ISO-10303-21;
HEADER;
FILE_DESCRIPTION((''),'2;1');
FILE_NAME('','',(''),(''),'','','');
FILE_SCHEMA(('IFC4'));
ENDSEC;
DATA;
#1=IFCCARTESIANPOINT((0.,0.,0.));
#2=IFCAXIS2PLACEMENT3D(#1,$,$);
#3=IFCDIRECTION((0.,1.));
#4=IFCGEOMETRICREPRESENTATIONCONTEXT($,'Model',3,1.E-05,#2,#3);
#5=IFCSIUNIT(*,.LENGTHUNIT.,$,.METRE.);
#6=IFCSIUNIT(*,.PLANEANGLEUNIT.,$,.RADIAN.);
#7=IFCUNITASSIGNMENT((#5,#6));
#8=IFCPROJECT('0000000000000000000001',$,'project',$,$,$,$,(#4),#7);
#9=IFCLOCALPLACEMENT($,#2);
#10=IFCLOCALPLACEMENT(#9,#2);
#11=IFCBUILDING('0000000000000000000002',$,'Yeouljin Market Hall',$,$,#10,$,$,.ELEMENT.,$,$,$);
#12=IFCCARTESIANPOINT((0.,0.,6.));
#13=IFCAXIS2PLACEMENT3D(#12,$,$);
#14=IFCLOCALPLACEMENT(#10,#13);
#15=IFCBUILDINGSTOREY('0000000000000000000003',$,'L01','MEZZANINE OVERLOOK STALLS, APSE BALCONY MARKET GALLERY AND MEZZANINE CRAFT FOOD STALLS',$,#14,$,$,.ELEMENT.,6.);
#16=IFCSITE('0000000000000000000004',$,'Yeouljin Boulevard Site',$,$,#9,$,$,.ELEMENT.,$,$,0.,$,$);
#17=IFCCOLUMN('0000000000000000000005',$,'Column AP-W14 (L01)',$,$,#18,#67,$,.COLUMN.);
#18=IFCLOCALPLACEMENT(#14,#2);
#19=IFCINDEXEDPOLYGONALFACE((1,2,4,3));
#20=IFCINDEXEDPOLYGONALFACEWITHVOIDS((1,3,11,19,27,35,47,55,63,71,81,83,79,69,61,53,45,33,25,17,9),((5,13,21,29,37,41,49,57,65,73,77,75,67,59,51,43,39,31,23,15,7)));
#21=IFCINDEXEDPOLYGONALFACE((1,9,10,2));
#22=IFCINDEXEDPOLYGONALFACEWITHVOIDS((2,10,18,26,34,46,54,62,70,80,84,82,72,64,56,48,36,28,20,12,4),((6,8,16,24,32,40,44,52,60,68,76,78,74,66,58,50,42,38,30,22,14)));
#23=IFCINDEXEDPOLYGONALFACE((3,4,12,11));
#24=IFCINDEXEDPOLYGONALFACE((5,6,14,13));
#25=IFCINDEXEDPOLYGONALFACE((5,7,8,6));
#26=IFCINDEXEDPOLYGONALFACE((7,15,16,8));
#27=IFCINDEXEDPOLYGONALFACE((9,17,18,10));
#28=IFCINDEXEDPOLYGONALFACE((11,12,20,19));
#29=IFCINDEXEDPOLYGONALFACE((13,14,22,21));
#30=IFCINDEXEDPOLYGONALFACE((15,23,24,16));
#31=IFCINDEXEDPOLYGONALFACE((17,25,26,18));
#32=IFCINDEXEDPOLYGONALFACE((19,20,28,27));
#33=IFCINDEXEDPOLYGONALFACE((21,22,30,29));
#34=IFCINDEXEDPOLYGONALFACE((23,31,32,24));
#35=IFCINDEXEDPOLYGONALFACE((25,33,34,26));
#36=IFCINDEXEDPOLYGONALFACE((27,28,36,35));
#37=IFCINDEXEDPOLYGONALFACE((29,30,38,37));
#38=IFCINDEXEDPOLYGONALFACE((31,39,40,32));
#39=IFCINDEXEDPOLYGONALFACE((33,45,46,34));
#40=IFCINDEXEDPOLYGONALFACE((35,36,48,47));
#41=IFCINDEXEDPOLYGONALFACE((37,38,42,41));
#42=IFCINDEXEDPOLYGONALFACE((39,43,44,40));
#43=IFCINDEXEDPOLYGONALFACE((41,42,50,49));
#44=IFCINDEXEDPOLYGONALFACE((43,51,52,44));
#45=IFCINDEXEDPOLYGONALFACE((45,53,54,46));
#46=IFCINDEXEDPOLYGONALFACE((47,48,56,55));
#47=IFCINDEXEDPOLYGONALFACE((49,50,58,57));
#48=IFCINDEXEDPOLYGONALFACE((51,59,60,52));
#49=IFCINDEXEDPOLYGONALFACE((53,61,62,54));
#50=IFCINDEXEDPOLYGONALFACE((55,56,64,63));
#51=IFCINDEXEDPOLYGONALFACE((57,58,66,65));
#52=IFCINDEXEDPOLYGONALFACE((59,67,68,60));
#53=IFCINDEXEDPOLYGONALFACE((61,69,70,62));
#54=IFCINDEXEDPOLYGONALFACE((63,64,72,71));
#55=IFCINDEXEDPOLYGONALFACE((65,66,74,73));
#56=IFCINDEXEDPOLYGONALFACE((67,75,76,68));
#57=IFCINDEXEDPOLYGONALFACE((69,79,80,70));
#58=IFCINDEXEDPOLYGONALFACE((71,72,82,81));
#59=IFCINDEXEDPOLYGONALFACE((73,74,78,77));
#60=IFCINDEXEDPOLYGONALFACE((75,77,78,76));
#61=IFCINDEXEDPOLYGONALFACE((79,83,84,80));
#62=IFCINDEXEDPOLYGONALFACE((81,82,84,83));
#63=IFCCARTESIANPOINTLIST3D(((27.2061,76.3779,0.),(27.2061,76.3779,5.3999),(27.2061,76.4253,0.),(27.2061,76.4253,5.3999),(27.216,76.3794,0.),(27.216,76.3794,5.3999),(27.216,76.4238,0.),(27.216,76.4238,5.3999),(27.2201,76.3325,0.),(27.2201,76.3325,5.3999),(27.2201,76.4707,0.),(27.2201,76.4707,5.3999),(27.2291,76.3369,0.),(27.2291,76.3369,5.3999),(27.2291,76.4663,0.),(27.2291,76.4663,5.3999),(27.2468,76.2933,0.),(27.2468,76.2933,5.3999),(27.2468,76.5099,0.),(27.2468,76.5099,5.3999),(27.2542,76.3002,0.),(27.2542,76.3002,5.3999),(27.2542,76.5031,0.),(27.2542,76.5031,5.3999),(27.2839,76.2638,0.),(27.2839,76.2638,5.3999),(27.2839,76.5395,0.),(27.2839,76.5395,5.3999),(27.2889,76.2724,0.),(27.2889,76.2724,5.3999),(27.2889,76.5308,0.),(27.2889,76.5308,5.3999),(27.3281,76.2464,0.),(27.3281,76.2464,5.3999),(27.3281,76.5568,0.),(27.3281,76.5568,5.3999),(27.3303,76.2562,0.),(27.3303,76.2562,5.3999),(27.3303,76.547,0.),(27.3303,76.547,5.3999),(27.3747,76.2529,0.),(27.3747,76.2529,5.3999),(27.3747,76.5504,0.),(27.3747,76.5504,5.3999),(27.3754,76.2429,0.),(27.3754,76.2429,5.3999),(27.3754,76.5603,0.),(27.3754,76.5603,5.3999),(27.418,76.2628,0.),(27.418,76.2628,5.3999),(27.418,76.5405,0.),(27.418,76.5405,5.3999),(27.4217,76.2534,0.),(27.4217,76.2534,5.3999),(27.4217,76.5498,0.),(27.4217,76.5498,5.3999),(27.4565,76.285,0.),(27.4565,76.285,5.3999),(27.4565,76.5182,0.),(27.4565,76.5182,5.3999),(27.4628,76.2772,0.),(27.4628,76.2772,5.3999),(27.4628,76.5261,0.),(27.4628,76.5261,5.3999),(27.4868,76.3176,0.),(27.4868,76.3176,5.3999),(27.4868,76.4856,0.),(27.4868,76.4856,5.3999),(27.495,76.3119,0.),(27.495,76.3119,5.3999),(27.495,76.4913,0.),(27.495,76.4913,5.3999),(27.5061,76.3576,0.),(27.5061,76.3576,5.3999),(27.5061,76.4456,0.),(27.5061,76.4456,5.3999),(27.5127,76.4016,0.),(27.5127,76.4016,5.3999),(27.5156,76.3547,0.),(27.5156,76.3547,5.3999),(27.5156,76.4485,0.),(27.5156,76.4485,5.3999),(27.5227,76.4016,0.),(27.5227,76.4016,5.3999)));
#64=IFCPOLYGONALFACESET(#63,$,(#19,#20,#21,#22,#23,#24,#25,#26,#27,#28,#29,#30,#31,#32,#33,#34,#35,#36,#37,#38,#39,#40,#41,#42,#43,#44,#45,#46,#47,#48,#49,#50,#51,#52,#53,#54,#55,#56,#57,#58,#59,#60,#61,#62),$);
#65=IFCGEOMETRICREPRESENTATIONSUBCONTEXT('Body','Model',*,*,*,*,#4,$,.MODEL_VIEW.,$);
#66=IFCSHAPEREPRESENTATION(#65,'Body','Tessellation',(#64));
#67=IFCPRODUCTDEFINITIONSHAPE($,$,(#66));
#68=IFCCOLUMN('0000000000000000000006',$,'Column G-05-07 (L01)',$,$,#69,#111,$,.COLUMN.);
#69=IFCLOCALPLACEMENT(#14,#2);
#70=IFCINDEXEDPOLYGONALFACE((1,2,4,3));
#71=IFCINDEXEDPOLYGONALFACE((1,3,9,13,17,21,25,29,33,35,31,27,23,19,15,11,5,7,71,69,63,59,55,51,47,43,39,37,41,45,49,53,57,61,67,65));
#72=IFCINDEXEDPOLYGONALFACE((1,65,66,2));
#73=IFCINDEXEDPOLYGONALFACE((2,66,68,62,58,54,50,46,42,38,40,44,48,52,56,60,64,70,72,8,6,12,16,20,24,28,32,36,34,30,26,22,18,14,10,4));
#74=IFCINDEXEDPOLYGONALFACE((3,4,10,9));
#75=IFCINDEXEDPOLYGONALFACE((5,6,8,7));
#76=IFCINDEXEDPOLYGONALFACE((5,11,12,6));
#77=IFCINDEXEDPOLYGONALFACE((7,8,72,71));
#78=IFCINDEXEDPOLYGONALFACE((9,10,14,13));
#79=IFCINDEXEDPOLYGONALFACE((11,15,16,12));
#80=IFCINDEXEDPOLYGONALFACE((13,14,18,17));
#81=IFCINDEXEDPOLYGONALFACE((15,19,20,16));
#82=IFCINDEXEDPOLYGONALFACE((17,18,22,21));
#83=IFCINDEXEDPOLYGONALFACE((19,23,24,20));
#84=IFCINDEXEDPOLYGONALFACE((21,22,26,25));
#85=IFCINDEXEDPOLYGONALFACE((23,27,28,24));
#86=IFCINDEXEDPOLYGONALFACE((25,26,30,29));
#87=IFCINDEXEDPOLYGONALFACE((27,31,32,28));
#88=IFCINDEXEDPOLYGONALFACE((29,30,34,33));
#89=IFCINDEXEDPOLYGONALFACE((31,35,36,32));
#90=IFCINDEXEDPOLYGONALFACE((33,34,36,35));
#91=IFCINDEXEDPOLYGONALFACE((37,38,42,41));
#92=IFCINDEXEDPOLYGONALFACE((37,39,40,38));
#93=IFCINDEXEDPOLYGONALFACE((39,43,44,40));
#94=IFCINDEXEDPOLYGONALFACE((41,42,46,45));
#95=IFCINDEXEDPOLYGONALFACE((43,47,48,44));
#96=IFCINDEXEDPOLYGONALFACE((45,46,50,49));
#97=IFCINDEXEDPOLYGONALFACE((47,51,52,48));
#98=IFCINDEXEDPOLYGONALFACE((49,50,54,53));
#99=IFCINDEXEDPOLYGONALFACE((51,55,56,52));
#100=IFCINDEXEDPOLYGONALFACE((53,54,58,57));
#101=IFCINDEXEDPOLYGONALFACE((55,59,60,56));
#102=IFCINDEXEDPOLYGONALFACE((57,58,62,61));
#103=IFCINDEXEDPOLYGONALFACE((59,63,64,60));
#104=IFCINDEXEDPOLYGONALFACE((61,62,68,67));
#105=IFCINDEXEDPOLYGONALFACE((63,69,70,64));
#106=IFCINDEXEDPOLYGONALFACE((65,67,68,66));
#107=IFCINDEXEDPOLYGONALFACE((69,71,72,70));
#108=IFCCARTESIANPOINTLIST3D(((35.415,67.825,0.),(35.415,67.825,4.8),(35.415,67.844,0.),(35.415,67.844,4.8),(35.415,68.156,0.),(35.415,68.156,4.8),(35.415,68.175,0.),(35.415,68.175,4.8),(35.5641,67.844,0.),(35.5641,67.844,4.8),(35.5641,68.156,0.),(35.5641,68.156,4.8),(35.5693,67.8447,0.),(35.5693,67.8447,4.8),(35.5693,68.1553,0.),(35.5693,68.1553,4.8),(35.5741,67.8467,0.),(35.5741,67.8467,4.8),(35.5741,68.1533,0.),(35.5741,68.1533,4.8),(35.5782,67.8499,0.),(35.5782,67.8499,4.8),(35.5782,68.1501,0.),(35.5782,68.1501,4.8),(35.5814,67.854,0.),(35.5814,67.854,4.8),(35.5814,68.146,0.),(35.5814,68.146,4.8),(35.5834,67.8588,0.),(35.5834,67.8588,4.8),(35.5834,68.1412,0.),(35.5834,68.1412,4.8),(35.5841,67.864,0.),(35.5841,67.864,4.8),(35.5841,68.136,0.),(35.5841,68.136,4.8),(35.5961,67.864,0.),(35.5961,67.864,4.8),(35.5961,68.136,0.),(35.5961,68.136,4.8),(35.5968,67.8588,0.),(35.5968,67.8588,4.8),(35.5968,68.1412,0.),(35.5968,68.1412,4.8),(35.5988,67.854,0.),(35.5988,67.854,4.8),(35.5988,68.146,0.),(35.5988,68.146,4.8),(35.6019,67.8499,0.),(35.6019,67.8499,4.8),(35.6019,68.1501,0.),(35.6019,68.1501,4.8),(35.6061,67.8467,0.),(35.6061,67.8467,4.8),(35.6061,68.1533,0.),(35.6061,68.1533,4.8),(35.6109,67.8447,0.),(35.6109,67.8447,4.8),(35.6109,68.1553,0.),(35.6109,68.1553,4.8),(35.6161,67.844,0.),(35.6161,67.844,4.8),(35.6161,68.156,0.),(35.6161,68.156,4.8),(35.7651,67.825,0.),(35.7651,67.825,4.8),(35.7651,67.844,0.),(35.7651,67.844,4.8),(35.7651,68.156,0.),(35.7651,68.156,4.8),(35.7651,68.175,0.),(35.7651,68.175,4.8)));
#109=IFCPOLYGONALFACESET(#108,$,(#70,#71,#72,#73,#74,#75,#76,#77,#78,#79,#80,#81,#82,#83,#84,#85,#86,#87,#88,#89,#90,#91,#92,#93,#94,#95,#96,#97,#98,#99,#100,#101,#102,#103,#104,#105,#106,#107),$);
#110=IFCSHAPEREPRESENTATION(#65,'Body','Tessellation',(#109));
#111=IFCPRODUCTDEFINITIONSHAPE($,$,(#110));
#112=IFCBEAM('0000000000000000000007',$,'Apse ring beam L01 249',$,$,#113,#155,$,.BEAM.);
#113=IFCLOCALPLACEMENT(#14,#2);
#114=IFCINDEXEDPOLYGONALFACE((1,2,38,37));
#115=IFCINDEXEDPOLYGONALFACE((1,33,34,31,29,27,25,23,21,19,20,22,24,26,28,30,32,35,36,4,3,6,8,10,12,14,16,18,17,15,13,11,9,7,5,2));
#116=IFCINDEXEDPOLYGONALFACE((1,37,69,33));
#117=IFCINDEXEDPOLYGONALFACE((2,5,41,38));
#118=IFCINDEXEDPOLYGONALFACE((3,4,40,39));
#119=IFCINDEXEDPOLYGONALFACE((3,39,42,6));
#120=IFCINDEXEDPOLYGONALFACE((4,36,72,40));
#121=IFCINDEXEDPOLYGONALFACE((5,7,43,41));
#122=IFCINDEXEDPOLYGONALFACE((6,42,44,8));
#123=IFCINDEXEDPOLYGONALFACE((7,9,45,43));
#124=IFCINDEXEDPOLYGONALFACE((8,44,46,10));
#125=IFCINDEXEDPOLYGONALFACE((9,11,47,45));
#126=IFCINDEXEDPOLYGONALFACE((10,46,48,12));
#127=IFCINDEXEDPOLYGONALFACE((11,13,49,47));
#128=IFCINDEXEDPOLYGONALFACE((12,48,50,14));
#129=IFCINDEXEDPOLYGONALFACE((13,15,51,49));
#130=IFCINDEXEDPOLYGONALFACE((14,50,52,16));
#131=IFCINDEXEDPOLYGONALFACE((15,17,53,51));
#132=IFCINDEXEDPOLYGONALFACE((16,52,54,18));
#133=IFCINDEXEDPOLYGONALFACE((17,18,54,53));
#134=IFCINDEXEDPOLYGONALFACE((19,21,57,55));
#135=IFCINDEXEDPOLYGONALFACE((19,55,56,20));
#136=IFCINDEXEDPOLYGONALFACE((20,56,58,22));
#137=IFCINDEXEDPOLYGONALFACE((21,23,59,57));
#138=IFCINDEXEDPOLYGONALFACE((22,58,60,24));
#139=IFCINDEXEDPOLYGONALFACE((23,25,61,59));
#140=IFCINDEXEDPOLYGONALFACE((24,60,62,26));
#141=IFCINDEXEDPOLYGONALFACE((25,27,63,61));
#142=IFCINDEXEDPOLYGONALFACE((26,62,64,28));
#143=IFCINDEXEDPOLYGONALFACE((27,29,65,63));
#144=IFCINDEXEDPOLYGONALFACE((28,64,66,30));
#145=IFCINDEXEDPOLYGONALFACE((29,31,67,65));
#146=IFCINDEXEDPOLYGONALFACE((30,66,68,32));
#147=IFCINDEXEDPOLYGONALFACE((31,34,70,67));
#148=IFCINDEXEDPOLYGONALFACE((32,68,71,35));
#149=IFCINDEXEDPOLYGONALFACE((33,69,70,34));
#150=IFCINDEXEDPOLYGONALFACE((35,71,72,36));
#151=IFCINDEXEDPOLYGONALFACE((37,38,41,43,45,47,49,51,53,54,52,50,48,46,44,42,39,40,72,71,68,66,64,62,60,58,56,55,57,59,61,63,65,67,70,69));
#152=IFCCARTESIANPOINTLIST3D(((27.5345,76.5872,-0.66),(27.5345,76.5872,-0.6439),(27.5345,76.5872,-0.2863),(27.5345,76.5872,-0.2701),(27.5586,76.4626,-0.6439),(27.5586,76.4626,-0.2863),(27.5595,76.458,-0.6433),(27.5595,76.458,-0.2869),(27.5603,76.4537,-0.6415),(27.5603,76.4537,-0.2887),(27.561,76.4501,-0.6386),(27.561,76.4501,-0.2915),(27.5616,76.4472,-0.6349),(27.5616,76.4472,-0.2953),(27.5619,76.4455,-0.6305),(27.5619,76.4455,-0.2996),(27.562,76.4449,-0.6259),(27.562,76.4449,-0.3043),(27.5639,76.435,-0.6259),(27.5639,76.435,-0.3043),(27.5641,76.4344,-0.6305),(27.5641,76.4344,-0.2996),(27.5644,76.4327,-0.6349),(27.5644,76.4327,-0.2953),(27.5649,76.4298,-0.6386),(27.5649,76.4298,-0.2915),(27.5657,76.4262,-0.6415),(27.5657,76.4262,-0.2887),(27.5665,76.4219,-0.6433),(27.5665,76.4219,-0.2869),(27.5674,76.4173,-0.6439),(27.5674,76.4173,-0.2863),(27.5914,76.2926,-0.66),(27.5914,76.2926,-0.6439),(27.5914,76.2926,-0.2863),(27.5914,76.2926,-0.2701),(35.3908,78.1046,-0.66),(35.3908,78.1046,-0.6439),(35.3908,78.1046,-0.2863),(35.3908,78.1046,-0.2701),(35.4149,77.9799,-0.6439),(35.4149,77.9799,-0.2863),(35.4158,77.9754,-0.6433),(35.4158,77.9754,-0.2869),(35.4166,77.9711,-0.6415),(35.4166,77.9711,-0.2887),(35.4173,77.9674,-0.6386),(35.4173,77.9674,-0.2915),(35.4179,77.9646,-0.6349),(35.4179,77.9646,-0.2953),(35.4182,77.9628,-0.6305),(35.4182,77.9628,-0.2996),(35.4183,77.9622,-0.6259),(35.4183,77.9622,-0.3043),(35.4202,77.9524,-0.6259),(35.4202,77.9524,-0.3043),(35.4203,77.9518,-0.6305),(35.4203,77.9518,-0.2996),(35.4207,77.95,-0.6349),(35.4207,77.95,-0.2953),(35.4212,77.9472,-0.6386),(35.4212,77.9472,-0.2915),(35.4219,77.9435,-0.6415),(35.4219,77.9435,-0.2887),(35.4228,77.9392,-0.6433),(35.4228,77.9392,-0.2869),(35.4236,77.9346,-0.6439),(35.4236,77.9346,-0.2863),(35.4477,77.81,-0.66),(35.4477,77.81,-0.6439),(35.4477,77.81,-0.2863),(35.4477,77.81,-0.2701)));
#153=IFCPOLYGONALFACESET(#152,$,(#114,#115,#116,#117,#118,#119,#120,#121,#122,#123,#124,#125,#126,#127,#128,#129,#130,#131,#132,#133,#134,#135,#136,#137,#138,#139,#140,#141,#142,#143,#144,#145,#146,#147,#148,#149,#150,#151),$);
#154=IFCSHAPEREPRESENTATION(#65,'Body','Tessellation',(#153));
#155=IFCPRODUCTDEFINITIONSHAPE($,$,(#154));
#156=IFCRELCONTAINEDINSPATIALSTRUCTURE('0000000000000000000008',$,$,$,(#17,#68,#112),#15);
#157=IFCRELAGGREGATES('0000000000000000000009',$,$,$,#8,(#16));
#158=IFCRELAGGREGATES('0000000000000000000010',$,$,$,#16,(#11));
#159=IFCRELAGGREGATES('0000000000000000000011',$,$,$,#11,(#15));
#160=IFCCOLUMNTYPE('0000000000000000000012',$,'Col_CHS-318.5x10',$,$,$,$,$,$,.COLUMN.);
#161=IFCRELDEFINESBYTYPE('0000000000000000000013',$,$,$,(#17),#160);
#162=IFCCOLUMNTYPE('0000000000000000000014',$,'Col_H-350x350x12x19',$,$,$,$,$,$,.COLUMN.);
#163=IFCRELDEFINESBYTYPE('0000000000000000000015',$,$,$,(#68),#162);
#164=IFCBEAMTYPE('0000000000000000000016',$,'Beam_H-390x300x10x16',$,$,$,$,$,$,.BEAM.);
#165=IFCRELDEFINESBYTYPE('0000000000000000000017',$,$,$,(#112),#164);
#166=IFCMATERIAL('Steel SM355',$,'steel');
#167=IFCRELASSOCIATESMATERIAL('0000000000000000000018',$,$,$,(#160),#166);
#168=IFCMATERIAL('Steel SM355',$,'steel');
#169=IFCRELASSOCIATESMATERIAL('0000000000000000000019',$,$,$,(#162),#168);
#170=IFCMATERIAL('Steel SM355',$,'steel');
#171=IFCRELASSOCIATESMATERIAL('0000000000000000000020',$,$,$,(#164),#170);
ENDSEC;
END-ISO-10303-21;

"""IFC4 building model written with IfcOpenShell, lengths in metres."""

from ifc_helpers import new_model, si_unit, direction, frame, origin, origin_2d, place, context, subcontext, project, spatial, hollow_circle, i_section, extrude, material, material_profile, profile_set, type_object, element, save


model = new_model("IFC4")

# Units and contexts
model_context = context("Model", 3, precision=1e-05, world=origin(), true_north=direction((0.0, 1.0)))
body_context = subcontext(model_context, "Body", "Model", "MODEL_VIEW")
ifc_project = project(units=[si_unit("LENGTHUNIT", "METRE"), si_unit("PLANEANGLEUNIT", "RADIAN")], contexts=[model_context])

# Site, building, storey
site_placement = place(None, origin())
site = spatial("IfcSite", under=ifc_project, at=site_placement, Name="Yeouljin Boulevard Site", CompositionType="ELEMENT", RefElevation=0.0)
building_placement = place(site_placement, origin())
building = spatial("IfcBuilding", under=site, at=building_placement, Name="Yeouljin Market Hall", CompositionType="ELEMENT")
storey_placement = place(building_placement, frame((0.0, 0.0, 6.0)))
storey = spatial("IfcBuildingStorey", under=building, at=storey_placement, Name="L01", Description="MEZZANINE OVERLOOK STALLS, APSE BALCONY MARKET GALLERY AND MEZZANINE CRAFT FOOD STALLS", CompositionType="ELEMENT", Elevation=6.0)

# Columns
ifc_material_1 = material(Name="Steel SM355", Category="steel")
ifc_material_profile_1 = material_profile(ifc_material_1, hollow_circle(Radius=0.1592, WallThickness=0.01, at=origin_2d()), Name="CHS-318.5x10")
ifc_profile_set_1 = profile_set([ifc_material_profile_1], Name="Steel SM355")
column_type_1 = type_object("IfcColumnType", Name="Col_CHS-318.5x10", PredefinedType="COLUMN", material=ifc_profile_set_1)
column_1_placement = place(storey_placement, frame((27.3635, 76.4016, 0.0), z_axis=(0.0, 0.0, 1.0), x_axis=(1.0, 0.0, 0.0)))
element("IfcColumn", 1, at=column_1_placement, inside=storey, type_object=column_type_1, Name="Column AP-W14 (L01)", PredefinedType="COLUMN", context=body_context, shape_type="SweptSolid", body=[
    extrude(hollow_circle(Radius=0.1592, WallThickness=0.01, at=origin_2d()), origin(), (0.0, 0.0, 1.0), 5.3999),
])
ifc_material_2 = material(Name="Steel SM355", Category="steel")
ifc_material_profile_2 = material_profile(ifc_material_2, i_section(OverallWidth=0.3501, OverallDepth=0.3501, WebThickness=0.012, FlangeThickness=0.019, FilletRadius=0.02, at=origin_2d()), Name="H-350x350x12x19")
ifc_profile_set_2 = profile_set([ifc_material_profile_2], Name="Steel SM355")
column_type_2 = type_object("IfcColumnType", Name="Col_H-350x350x12x19", PredefinedType="COLUMN", material=ifc_profile_set_2)
column_2_placement = place(storey_placement, frame((35.5901, 68.0, 0.0), z_axis=(0.0, 0.0, 1.0), x_axis=(1.0, 0.0, 0.0)))
element("IfcColumn", 2, at=column_2_placement, inside=storey, type_object=column_type_2, Name="Column G-05-07 (L01)", PredefinedType="COLUMN", context=body_context, shape_type="SweptSolid", body=[
    extrude(i_section(OverallWidth=0.3501, OverallDepth=0.3501, WebThickness=0.012, FlangeThickness=0.019, FilletRadius=0.02, at=origin_2d()), origin(), (0.0, 0.0, 1.0), 4.8),
])

# Beam
ifc_material_3 = material(Name="Steel SM355", Category="steel")
ifc_material_profile_3 = material_profile(ifc_material_3, i_section(OverallWidth=0.3, OverallDepth=0.3899, WebThickness=0.01, FlangeThickness=0.0161, FilletRadius=0.0181, at=origin_2d()), Name="H-390x300x10x16")
ifc_profile_set_3 = profile_set([ifc_material_profile_3], Name="Steel SM355")
beam_type_1 = type_object("IfcBeamType", Name="Beam_H-390x300x10x16", PredefinedType="BEAM", material=ifc_profile_set_3)
beam_1_placement = place(storey_placement, frame((27.563, 76.4399, -0.4651), z_axis=(0.981855, 0.189634, 0.0), x_axis=(-0.189634, 0.981855, 0.0)))
element("IfcBeam", 3, at=beam_1_placement, inside=storey, type_object=beam_type_1, Name="Apse ring beam L01 249", PredefinedType="BEAM", context=body_context, shape_type="SweptSolid", body=[
    extrude(i_section(OverallWidth=0.3, OverallDepth=0.3899, WebThickness=0.01, FlangeThickness=0.0161, FilletRadius=0.0181, at=origin_2d()), origin(), (0.0, 0.0, 1.0), 8.0015),
])

save(model, "model.ifc")
